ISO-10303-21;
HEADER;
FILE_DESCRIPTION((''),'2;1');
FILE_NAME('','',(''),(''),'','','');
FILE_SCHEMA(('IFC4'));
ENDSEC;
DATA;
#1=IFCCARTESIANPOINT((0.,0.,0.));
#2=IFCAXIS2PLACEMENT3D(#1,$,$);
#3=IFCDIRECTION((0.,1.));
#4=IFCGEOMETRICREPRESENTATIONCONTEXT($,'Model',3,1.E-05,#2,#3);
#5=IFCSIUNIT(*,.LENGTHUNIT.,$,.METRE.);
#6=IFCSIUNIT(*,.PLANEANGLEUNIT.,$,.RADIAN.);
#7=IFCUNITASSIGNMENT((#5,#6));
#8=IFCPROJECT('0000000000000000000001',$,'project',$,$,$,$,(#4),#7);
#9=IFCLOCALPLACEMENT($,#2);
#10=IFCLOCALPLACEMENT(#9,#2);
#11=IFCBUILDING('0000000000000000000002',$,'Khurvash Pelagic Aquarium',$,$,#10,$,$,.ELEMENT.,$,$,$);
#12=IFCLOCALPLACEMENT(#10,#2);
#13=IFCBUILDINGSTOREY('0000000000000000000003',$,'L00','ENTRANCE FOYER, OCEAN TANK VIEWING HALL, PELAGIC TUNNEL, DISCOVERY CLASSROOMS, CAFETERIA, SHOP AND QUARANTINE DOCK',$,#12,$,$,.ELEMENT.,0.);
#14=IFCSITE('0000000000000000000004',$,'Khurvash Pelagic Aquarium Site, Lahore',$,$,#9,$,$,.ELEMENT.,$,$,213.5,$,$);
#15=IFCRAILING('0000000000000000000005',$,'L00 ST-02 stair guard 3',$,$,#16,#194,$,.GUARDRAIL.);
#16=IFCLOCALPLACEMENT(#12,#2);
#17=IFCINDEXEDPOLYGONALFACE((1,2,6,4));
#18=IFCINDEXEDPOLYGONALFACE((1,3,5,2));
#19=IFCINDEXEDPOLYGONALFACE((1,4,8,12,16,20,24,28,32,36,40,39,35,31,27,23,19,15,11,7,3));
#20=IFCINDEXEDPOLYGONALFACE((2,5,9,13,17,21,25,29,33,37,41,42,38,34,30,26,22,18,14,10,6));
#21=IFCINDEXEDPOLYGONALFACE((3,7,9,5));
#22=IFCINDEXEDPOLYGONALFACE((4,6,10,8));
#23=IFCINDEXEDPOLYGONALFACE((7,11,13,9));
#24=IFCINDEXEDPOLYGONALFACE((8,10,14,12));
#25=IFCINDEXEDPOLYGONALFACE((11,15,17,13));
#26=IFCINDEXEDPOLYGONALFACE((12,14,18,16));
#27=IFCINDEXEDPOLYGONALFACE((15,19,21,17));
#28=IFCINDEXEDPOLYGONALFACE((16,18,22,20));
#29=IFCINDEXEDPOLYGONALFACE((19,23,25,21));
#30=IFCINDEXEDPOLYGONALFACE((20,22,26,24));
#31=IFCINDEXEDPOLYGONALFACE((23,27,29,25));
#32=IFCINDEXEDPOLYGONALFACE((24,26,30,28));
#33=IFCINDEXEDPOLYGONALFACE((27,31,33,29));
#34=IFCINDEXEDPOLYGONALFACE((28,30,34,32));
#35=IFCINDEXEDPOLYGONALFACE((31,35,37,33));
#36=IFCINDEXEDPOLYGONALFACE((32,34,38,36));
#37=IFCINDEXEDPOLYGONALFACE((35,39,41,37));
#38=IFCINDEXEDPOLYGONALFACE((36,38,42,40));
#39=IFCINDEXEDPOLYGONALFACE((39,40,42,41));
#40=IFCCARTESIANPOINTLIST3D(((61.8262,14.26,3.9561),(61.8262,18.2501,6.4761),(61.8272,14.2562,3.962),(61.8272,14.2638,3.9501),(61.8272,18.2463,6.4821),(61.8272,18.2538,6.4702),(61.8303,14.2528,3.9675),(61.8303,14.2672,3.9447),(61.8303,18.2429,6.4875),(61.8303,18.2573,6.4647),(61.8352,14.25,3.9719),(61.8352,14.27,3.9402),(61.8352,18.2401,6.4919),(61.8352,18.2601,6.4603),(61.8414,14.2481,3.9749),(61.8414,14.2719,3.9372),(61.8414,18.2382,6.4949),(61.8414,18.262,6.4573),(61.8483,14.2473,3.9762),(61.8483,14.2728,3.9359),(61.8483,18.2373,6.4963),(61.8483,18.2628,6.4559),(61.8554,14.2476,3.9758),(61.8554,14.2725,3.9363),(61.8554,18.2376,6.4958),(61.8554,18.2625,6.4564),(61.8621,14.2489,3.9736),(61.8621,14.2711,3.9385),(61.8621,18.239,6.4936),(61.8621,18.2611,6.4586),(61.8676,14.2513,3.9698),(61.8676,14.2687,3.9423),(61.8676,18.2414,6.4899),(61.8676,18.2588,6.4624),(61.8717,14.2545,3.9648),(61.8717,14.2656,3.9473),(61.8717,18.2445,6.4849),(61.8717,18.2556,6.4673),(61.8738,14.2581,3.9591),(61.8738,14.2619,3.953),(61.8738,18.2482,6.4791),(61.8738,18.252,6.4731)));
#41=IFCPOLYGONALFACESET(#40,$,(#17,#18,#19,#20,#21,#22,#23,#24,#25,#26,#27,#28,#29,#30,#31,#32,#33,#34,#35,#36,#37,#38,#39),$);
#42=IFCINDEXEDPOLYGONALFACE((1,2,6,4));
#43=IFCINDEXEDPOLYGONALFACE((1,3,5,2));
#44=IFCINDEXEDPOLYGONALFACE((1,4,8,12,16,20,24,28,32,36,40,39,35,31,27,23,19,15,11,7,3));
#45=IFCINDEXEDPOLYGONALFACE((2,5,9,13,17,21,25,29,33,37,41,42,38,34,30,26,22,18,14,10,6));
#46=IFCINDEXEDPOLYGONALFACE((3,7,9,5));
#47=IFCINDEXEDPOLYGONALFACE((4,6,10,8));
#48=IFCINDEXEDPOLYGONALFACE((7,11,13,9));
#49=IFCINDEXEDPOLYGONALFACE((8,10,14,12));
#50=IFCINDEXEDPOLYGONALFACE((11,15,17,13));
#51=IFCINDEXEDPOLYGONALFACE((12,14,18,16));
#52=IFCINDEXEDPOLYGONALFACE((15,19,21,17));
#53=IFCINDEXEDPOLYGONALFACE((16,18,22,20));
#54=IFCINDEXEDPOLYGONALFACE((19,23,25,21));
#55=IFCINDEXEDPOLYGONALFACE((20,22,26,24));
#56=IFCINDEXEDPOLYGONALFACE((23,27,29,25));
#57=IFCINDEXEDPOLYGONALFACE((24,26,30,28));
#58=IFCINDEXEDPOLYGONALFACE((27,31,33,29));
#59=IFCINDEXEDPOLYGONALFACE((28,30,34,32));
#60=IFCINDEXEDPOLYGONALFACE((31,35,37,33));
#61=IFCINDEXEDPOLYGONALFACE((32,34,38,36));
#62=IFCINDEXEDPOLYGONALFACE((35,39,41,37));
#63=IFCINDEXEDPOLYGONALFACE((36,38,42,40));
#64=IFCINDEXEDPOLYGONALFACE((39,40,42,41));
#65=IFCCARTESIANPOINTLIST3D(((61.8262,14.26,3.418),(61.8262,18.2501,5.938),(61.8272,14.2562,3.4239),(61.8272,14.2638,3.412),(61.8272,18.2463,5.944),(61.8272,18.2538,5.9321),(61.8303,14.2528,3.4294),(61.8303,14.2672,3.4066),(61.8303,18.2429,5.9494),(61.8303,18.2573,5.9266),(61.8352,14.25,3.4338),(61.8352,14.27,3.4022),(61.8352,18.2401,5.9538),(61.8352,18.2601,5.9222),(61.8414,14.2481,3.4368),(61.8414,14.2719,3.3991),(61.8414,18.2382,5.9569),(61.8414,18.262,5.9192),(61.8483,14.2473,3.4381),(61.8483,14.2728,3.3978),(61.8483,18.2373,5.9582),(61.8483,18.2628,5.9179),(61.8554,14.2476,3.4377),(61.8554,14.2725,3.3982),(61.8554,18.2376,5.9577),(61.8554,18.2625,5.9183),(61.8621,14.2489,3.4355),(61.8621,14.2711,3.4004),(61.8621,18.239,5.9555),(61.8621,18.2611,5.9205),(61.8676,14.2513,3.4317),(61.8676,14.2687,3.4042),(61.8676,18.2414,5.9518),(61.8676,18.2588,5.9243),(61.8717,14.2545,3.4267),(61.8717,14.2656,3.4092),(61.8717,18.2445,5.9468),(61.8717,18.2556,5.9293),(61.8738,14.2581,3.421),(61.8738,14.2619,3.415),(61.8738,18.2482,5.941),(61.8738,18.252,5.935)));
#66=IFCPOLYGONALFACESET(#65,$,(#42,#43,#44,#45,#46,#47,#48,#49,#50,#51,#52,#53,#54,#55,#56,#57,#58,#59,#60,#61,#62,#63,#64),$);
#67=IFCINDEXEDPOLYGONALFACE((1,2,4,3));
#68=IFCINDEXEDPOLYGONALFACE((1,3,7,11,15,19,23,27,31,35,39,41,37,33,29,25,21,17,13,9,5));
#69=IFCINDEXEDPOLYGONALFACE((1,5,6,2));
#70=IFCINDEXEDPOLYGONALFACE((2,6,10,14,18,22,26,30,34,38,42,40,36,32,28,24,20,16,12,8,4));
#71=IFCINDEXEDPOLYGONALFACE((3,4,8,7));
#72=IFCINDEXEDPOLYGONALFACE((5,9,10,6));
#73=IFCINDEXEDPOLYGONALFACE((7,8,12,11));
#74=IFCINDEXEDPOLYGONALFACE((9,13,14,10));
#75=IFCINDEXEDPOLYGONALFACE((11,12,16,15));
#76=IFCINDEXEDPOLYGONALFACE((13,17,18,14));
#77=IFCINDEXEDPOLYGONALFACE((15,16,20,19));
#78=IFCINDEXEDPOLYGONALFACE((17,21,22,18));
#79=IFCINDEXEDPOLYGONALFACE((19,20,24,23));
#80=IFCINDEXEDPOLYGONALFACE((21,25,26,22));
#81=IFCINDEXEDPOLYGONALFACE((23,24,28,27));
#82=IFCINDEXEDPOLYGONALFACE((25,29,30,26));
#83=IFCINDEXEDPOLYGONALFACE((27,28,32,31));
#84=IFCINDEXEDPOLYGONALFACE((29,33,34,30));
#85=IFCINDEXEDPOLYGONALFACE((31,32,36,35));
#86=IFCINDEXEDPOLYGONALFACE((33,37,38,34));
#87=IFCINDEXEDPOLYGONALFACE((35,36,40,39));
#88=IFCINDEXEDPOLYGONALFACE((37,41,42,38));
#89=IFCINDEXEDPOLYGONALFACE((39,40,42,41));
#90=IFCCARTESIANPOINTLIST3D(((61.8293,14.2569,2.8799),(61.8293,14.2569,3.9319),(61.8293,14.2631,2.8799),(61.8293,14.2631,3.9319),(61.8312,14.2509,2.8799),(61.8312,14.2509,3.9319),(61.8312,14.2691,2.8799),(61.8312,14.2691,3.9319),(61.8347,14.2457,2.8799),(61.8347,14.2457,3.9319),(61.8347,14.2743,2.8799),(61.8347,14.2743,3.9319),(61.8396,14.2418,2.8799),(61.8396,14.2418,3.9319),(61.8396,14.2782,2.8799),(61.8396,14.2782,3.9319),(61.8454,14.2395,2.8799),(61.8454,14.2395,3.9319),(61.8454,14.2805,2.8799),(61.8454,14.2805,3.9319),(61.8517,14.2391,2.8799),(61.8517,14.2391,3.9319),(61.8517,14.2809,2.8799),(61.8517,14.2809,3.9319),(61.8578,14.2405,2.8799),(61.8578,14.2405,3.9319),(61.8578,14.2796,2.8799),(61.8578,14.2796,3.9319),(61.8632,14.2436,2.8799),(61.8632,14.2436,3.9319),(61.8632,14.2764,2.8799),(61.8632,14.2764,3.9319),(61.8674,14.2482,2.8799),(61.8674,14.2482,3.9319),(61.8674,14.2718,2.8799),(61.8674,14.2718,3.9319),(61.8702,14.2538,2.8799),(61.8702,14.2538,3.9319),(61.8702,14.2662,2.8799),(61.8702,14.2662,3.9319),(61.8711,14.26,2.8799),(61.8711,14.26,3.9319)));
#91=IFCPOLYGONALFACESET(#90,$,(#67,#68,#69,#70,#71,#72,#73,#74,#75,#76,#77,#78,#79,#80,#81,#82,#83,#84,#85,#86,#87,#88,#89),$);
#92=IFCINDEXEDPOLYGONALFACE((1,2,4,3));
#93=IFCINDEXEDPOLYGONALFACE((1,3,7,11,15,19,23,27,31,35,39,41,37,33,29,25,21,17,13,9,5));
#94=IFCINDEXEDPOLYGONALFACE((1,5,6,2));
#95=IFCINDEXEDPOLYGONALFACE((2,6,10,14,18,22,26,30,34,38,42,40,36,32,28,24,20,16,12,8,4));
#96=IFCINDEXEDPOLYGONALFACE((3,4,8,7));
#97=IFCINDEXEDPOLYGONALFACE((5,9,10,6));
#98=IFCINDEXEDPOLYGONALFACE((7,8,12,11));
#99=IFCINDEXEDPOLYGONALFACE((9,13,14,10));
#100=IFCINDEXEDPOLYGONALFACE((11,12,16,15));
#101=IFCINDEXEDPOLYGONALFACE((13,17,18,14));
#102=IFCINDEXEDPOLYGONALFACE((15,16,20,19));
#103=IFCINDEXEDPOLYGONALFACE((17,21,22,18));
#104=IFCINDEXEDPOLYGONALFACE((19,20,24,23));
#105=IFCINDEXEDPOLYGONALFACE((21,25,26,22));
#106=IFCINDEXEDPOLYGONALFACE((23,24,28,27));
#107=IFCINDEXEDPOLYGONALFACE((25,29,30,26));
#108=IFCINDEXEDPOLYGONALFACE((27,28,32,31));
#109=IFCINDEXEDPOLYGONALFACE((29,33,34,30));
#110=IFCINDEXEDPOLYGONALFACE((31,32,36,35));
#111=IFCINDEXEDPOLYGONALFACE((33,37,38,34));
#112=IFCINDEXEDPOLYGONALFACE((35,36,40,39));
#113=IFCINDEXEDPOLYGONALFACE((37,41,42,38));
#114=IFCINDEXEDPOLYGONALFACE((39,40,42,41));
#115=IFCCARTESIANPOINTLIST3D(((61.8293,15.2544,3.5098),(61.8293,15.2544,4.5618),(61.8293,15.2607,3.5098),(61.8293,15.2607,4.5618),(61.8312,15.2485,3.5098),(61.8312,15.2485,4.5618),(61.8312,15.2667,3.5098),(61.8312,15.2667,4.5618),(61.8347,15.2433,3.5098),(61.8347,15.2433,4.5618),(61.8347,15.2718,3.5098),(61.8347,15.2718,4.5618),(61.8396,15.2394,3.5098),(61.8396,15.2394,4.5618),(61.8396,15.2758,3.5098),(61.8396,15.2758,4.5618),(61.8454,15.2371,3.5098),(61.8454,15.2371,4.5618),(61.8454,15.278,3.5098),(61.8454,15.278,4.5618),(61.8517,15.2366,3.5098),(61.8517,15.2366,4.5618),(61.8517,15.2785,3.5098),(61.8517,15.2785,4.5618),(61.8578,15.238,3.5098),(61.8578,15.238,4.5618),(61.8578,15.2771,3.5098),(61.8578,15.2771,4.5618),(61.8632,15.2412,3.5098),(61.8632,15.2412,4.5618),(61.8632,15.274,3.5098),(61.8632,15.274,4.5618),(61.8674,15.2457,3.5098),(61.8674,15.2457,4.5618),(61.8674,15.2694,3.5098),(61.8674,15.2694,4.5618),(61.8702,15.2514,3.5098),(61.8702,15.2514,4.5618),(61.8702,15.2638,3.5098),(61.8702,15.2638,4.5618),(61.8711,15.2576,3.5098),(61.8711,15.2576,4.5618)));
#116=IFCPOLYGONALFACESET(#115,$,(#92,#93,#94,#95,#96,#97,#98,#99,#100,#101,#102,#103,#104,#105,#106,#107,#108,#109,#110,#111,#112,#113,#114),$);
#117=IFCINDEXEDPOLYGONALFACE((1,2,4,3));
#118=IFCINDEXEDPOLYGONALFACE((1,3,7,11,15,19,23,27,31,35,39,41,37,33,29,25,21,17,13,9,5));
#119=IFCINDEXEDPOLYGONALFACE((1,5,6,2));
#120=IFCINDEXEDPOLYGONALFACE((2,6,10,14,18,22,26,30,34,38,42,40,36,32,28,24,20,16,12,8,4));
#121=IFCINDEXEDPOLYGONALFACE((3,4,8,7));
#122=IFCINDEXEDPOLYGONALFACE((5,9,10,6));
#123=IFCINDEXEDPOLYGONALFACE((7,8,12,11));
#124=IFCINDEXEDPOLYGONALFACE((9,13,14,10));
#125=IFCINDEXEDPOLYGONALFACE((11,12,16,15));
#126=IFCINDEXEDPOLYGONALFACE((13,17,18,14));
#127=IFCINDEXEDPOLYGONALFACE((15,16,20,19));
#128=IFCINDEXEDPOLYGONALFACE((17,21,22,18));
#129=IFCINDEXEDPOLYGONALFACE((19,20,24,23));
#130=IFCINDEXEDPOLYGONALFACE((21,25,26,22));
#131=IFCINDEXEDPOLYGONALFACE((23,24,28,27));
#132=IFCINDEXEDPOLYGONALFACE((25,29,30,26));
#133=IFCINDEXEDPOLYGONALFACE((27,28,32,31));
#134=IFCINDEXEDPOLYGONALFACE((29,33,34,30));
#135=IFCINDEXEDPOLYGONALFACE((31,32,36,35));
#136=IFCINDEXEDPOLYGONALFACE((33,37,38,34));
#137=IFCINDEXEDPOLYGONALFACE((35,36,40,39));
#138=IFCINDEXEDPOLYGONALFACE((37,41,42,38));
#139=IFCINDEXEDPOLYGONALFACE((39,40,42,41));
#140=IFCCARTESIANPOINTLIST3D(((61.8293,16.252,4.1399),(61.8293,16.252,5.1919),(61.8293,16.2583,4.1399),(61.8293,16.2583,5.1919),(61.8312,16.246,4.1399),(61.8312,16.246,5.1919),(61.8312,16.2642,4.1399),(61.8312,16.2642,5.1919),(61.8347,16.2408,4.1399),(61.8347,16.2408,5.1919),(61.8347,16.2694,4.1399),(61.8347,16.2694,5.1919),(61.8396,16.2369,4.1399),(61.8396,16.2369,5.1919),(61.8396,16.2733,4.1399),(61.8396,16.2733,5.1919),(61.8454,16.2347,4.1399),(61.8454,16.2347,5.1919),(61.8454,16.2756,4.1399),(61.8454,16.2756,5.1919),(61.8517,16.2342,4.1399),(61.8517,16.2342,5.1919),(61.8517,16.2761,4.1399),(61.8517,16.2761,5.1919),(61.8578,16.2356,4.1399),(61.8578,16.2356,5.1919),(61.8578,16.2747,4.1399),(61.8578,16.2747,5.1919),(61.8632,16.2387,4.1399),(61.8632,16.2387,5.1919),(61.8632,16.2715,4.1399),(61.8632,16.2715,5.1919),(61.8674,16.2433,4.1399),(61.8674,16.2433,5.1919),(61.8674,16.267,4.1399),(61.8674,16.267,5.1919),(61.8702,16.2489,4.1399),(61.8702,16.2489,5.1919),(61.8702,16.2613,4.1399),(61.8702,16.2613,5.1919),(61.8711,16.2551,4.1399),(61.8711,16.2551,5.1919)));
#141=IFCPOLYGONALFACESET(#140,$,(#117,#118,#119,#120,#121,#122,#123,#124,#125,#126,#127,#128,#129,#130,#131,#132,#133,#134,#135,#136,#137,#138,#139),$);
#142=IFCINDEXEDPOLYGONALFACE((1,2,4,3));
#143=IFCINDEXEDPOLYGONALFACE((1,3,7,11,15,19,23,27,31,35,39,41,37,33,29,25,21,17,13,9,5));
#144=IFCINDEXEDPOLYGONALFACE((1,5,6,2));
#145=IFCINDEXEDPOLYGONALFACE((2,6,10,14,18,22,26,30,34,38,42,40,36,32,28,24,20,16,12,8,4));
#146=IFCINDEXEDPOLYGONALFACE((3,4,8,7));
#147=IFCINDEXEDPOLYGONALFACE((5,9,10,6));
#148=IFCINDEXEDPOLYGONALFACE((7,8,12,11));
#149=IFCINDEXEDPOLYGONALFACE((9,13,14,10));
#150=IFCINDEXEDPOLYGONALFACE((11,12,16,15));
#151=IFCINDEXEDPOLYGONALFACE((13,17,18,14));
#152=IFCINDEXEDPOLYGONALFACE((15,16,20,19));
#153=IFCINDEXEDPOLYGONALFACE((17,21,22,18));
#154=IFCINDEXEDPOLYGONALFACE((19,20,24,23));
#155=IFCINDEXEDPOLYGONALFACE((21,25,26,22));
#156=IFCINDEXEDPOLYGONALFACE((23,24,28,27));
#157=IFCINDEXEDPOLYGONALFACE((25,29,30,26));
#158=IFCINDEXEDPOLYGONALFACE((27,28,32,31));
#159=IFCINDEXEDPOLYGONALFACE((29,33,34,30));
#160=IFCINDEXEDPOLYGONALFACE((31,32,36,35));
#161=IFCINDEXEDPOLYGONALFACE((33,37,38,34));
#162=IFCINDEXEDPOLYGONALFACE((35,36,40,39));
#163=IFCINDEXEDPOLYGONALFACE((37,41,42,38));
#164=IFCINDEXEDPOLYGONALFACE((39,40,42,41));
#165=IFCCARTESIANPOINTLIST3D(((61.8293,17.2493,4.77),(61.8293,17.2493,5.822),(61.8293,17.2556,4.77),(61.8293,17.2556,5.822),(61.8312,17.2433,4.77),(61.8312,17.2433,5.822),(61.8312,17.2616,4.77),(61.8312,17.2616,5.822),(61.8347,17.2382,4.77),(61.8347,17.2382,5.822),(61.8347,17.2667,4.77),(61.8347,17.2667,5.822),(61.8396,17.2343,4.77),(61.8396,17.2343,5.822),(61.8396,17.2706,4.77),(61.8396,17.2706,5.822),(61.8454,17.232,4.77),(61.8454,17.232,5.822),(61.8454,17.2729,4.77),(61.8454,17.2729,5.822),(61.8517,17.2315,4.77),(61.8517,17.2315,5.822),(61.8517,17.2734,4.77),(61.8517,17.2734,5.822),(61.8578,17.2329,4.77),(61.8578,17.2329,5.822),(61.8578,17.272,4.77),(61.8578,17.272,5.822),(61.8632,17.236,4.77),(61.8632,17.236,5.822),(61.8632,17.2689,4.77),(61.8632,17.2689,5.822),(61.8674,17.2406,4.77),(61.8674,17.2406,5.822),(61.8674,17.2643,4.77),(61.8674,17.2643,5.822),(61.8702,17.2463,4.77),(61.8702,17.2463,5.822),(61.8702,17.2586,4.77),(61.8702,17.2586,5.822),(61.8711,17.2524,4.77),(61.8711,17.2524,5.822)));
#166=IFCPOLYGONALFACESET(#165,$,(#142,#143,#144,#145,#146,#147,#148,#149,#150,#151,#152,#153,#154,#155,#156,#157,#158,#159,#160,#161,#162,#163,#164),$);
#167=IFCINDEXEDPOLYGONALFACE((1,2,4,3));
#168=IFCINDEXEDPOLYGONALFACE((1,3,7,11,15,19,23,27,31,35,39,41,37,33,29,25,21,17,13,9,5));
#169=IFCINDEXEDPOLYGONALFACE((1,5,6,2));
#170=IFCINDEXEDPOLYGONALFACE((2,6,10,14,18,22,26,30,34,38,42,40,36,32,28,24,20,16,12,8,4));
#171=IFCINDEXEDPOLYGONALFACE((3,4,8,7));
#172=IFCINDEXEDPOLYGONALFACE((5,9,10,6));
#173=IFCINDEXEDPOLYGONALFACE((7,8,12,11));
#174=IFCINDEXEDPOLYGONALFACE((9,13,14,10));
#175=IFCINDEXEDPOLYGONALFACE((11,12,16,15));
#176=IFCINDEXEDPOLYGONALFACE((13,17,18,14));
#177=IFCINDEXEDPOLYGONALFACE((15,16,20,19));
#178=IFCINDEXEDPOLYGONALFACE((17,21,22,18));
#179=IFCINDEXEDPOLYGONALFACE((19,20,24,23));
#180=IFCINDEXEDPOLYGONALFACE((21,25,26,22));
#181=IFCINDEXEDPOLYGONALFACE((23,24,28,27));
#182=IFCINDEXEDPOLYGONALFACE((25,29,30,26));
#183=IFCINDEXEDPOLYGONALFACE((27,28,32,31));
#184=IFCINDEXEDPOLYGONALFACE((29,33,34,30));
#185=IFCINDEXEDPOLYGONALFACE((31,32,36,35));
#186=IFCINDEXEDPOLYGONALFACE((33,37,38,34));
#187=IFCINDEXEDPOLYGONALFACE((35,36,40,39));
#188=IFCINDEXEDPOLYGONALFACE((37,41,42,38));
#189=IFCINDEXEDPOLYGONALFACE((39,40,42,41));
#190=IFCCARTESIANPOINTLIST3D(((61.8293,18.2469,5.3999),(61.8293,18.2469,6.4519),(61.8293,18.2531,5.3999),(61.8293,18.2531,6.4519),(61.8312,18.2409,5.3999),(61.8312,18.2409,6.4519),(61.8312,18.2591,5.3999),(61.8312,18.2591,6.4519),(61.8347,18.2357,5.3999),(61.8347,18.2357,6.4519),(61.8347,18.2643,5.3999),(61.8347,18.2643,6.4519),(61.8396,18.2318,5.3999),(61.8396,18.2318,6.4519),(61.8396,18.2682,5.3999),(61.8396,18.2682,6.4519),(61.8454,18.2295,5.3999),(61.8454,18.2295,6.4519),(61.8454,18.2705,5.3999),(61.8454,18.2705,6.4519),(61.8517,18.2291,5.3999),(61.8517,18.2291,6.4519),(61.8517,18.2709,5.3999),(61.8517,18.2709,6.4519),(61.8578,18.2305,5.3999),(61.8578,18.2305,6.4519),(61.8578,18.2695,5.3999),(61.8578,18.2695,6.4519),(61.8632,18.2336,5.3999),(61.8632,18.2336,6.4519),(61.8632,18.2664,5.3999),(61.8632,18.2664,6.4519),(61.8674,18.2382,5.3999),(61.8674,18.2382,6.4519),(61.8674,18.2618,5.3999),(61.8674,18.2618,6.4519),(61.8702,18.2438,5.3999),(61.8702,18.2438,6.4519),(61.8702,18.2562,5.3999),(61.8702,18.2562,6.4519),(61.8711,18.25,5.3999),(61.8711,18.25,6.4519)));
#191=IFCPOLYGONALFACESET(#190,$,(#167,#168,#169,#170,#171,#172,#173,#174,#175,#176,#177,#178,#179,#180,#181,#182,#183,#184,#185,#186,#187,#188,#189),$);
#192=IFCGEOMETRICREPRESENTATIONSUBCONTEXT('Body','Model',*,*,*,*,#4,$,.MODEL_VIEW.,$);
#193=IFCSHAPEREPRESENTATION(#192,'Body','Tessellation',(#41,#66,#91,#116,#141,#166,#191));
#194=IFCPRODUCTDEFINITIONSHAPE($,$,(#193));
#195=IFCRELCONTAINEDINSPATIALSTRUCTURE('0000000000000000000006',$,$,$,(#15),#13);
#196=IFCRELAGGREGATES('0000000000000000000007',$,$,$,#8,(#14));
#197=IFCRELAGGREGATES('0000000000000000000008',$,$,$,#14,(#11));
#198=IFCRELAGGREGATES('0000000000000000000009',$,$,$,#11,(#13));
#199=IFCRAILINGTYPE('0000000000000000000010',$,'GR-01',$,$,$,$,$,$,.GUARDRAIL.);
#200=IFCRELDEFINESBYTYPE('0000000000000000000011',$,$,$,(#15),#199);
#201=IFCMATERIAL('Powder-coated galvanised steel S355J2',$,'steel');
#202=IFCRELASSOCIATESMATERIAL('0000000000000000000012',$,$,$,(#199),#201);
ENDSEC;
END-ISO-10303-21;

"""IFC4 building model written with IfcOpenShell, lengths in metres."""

from ifc_helpers import new_model, si_unit, direction, frame, origin, origin_2d, place, context, subcontext, project, spatial, circle, extrude, material, type_object, element, save


model = new_model("IFC4")

# Units and contexts
model_context = context("Model", 3, precision=1e-05, world=origin(), true_north=direction((0.0, 1.0)))
body_context = subcontext(model_context, "Body", "Model", "MODEL_VIEW")
ifc_project = project(units=[si_unit("LENGTHUNIT", "METRE"), si_unit("PLANEANGLEUNIT", "RADIAN")], contexts=[model_context])

# Site, building, storey
site_placement = place(None, origin())
site = spatial("IfcSite", under=ifc_project, at=site_placement, Name="Khurvash Pelagic Aquarium Site, Lahore", CompositionType="ELEMENT", RefElevation=213.5)
building_placement = place(site_placement, origin())
building = spatial("IfcBuilding", under=site, at=building_placement, Name="Khurvash Pelagic Aquarium", CompositionType="ELEMENT")
storey_placement = place(building_placement, origin())
storey = spatial("IfcBuildingStorey", under=building, at=storey_placement, Name="L00", Description="ENTRANCE FOYER, OCEAN TANK VIEWING HALL, PELAGIC TUNNEL, DISCOVERY CLASSROOMS, CAFETERIA, SHOP AND QUARANTINE DOCK", CompositionType="ELEMENT", Elevation=0.0)

# Railing
ifc_material_1 = material(Name="Powder-coated galvanised steel S355J2", Category="steel")
railing_type_1 = type_object("IfcRailingType", Name="GR-01", PredefinedType="GUARDRAIL", material=ifc_material_1)
railing_1_placement = place(storey_placement, frame((61.8501, 14.26, 2.8799)))
element("IfcRailing", 1, at=railing_1_placement, inside=storey, type_object=railing_type_1, Name="L00 ST-02 stair guard 3", PredefinedType="GUARDRAIL", context=body_context, shape_type="SweptSolid", body=[
    extrude(circle(Radius=0.0239, at=origin_2d()), frame((0.0, 0.0, 1.0762), z_axis=(0.0, 0.845486, 0.533997), x_axis=(-1.0, 0.0, 0.0)), (0.0, 0.0, 1.0), 4.7192),
    extrude(circle(Radius=0.0239, at=origin_2d()), frame((0.0, 0.0, 0.5381), z_axis=(0.0, 0.845486, 0.533997), x_axis=(-1.0, 0.0, 0.0)), (0.0, 0.0, 1.0), 4.7192),
    extrude(circle(Radius=0.021, at=origin_2d()), origin(), (0.0, 0.0, 1.0), 1.052),
    extrude(circle(Radius=0.021, at=origin_2d()), frame((0.0, 0.9976, 0.6299)), (0.0, 0.0, 1.0), 1.052),
    extrude(circle(Radius=0.021, at=origin_2d()), frame((0.0, 1.9951, 1.26)), (0.0, 0.0, 1.0), 1.052),
    extrude(circle(Radius=0.021, at=origin_2d()), frame((0.0, 2.9924, 1.8901)), (0.0, 0.0, 1.0), 1.052),
    extrude(circle(Radius=0.021, at=origin_2d()), frame((0.0, 3.99, 2.52)), (0.0, 0.0, 1.0), 1.052),
])

save(model, "model.ifc")
